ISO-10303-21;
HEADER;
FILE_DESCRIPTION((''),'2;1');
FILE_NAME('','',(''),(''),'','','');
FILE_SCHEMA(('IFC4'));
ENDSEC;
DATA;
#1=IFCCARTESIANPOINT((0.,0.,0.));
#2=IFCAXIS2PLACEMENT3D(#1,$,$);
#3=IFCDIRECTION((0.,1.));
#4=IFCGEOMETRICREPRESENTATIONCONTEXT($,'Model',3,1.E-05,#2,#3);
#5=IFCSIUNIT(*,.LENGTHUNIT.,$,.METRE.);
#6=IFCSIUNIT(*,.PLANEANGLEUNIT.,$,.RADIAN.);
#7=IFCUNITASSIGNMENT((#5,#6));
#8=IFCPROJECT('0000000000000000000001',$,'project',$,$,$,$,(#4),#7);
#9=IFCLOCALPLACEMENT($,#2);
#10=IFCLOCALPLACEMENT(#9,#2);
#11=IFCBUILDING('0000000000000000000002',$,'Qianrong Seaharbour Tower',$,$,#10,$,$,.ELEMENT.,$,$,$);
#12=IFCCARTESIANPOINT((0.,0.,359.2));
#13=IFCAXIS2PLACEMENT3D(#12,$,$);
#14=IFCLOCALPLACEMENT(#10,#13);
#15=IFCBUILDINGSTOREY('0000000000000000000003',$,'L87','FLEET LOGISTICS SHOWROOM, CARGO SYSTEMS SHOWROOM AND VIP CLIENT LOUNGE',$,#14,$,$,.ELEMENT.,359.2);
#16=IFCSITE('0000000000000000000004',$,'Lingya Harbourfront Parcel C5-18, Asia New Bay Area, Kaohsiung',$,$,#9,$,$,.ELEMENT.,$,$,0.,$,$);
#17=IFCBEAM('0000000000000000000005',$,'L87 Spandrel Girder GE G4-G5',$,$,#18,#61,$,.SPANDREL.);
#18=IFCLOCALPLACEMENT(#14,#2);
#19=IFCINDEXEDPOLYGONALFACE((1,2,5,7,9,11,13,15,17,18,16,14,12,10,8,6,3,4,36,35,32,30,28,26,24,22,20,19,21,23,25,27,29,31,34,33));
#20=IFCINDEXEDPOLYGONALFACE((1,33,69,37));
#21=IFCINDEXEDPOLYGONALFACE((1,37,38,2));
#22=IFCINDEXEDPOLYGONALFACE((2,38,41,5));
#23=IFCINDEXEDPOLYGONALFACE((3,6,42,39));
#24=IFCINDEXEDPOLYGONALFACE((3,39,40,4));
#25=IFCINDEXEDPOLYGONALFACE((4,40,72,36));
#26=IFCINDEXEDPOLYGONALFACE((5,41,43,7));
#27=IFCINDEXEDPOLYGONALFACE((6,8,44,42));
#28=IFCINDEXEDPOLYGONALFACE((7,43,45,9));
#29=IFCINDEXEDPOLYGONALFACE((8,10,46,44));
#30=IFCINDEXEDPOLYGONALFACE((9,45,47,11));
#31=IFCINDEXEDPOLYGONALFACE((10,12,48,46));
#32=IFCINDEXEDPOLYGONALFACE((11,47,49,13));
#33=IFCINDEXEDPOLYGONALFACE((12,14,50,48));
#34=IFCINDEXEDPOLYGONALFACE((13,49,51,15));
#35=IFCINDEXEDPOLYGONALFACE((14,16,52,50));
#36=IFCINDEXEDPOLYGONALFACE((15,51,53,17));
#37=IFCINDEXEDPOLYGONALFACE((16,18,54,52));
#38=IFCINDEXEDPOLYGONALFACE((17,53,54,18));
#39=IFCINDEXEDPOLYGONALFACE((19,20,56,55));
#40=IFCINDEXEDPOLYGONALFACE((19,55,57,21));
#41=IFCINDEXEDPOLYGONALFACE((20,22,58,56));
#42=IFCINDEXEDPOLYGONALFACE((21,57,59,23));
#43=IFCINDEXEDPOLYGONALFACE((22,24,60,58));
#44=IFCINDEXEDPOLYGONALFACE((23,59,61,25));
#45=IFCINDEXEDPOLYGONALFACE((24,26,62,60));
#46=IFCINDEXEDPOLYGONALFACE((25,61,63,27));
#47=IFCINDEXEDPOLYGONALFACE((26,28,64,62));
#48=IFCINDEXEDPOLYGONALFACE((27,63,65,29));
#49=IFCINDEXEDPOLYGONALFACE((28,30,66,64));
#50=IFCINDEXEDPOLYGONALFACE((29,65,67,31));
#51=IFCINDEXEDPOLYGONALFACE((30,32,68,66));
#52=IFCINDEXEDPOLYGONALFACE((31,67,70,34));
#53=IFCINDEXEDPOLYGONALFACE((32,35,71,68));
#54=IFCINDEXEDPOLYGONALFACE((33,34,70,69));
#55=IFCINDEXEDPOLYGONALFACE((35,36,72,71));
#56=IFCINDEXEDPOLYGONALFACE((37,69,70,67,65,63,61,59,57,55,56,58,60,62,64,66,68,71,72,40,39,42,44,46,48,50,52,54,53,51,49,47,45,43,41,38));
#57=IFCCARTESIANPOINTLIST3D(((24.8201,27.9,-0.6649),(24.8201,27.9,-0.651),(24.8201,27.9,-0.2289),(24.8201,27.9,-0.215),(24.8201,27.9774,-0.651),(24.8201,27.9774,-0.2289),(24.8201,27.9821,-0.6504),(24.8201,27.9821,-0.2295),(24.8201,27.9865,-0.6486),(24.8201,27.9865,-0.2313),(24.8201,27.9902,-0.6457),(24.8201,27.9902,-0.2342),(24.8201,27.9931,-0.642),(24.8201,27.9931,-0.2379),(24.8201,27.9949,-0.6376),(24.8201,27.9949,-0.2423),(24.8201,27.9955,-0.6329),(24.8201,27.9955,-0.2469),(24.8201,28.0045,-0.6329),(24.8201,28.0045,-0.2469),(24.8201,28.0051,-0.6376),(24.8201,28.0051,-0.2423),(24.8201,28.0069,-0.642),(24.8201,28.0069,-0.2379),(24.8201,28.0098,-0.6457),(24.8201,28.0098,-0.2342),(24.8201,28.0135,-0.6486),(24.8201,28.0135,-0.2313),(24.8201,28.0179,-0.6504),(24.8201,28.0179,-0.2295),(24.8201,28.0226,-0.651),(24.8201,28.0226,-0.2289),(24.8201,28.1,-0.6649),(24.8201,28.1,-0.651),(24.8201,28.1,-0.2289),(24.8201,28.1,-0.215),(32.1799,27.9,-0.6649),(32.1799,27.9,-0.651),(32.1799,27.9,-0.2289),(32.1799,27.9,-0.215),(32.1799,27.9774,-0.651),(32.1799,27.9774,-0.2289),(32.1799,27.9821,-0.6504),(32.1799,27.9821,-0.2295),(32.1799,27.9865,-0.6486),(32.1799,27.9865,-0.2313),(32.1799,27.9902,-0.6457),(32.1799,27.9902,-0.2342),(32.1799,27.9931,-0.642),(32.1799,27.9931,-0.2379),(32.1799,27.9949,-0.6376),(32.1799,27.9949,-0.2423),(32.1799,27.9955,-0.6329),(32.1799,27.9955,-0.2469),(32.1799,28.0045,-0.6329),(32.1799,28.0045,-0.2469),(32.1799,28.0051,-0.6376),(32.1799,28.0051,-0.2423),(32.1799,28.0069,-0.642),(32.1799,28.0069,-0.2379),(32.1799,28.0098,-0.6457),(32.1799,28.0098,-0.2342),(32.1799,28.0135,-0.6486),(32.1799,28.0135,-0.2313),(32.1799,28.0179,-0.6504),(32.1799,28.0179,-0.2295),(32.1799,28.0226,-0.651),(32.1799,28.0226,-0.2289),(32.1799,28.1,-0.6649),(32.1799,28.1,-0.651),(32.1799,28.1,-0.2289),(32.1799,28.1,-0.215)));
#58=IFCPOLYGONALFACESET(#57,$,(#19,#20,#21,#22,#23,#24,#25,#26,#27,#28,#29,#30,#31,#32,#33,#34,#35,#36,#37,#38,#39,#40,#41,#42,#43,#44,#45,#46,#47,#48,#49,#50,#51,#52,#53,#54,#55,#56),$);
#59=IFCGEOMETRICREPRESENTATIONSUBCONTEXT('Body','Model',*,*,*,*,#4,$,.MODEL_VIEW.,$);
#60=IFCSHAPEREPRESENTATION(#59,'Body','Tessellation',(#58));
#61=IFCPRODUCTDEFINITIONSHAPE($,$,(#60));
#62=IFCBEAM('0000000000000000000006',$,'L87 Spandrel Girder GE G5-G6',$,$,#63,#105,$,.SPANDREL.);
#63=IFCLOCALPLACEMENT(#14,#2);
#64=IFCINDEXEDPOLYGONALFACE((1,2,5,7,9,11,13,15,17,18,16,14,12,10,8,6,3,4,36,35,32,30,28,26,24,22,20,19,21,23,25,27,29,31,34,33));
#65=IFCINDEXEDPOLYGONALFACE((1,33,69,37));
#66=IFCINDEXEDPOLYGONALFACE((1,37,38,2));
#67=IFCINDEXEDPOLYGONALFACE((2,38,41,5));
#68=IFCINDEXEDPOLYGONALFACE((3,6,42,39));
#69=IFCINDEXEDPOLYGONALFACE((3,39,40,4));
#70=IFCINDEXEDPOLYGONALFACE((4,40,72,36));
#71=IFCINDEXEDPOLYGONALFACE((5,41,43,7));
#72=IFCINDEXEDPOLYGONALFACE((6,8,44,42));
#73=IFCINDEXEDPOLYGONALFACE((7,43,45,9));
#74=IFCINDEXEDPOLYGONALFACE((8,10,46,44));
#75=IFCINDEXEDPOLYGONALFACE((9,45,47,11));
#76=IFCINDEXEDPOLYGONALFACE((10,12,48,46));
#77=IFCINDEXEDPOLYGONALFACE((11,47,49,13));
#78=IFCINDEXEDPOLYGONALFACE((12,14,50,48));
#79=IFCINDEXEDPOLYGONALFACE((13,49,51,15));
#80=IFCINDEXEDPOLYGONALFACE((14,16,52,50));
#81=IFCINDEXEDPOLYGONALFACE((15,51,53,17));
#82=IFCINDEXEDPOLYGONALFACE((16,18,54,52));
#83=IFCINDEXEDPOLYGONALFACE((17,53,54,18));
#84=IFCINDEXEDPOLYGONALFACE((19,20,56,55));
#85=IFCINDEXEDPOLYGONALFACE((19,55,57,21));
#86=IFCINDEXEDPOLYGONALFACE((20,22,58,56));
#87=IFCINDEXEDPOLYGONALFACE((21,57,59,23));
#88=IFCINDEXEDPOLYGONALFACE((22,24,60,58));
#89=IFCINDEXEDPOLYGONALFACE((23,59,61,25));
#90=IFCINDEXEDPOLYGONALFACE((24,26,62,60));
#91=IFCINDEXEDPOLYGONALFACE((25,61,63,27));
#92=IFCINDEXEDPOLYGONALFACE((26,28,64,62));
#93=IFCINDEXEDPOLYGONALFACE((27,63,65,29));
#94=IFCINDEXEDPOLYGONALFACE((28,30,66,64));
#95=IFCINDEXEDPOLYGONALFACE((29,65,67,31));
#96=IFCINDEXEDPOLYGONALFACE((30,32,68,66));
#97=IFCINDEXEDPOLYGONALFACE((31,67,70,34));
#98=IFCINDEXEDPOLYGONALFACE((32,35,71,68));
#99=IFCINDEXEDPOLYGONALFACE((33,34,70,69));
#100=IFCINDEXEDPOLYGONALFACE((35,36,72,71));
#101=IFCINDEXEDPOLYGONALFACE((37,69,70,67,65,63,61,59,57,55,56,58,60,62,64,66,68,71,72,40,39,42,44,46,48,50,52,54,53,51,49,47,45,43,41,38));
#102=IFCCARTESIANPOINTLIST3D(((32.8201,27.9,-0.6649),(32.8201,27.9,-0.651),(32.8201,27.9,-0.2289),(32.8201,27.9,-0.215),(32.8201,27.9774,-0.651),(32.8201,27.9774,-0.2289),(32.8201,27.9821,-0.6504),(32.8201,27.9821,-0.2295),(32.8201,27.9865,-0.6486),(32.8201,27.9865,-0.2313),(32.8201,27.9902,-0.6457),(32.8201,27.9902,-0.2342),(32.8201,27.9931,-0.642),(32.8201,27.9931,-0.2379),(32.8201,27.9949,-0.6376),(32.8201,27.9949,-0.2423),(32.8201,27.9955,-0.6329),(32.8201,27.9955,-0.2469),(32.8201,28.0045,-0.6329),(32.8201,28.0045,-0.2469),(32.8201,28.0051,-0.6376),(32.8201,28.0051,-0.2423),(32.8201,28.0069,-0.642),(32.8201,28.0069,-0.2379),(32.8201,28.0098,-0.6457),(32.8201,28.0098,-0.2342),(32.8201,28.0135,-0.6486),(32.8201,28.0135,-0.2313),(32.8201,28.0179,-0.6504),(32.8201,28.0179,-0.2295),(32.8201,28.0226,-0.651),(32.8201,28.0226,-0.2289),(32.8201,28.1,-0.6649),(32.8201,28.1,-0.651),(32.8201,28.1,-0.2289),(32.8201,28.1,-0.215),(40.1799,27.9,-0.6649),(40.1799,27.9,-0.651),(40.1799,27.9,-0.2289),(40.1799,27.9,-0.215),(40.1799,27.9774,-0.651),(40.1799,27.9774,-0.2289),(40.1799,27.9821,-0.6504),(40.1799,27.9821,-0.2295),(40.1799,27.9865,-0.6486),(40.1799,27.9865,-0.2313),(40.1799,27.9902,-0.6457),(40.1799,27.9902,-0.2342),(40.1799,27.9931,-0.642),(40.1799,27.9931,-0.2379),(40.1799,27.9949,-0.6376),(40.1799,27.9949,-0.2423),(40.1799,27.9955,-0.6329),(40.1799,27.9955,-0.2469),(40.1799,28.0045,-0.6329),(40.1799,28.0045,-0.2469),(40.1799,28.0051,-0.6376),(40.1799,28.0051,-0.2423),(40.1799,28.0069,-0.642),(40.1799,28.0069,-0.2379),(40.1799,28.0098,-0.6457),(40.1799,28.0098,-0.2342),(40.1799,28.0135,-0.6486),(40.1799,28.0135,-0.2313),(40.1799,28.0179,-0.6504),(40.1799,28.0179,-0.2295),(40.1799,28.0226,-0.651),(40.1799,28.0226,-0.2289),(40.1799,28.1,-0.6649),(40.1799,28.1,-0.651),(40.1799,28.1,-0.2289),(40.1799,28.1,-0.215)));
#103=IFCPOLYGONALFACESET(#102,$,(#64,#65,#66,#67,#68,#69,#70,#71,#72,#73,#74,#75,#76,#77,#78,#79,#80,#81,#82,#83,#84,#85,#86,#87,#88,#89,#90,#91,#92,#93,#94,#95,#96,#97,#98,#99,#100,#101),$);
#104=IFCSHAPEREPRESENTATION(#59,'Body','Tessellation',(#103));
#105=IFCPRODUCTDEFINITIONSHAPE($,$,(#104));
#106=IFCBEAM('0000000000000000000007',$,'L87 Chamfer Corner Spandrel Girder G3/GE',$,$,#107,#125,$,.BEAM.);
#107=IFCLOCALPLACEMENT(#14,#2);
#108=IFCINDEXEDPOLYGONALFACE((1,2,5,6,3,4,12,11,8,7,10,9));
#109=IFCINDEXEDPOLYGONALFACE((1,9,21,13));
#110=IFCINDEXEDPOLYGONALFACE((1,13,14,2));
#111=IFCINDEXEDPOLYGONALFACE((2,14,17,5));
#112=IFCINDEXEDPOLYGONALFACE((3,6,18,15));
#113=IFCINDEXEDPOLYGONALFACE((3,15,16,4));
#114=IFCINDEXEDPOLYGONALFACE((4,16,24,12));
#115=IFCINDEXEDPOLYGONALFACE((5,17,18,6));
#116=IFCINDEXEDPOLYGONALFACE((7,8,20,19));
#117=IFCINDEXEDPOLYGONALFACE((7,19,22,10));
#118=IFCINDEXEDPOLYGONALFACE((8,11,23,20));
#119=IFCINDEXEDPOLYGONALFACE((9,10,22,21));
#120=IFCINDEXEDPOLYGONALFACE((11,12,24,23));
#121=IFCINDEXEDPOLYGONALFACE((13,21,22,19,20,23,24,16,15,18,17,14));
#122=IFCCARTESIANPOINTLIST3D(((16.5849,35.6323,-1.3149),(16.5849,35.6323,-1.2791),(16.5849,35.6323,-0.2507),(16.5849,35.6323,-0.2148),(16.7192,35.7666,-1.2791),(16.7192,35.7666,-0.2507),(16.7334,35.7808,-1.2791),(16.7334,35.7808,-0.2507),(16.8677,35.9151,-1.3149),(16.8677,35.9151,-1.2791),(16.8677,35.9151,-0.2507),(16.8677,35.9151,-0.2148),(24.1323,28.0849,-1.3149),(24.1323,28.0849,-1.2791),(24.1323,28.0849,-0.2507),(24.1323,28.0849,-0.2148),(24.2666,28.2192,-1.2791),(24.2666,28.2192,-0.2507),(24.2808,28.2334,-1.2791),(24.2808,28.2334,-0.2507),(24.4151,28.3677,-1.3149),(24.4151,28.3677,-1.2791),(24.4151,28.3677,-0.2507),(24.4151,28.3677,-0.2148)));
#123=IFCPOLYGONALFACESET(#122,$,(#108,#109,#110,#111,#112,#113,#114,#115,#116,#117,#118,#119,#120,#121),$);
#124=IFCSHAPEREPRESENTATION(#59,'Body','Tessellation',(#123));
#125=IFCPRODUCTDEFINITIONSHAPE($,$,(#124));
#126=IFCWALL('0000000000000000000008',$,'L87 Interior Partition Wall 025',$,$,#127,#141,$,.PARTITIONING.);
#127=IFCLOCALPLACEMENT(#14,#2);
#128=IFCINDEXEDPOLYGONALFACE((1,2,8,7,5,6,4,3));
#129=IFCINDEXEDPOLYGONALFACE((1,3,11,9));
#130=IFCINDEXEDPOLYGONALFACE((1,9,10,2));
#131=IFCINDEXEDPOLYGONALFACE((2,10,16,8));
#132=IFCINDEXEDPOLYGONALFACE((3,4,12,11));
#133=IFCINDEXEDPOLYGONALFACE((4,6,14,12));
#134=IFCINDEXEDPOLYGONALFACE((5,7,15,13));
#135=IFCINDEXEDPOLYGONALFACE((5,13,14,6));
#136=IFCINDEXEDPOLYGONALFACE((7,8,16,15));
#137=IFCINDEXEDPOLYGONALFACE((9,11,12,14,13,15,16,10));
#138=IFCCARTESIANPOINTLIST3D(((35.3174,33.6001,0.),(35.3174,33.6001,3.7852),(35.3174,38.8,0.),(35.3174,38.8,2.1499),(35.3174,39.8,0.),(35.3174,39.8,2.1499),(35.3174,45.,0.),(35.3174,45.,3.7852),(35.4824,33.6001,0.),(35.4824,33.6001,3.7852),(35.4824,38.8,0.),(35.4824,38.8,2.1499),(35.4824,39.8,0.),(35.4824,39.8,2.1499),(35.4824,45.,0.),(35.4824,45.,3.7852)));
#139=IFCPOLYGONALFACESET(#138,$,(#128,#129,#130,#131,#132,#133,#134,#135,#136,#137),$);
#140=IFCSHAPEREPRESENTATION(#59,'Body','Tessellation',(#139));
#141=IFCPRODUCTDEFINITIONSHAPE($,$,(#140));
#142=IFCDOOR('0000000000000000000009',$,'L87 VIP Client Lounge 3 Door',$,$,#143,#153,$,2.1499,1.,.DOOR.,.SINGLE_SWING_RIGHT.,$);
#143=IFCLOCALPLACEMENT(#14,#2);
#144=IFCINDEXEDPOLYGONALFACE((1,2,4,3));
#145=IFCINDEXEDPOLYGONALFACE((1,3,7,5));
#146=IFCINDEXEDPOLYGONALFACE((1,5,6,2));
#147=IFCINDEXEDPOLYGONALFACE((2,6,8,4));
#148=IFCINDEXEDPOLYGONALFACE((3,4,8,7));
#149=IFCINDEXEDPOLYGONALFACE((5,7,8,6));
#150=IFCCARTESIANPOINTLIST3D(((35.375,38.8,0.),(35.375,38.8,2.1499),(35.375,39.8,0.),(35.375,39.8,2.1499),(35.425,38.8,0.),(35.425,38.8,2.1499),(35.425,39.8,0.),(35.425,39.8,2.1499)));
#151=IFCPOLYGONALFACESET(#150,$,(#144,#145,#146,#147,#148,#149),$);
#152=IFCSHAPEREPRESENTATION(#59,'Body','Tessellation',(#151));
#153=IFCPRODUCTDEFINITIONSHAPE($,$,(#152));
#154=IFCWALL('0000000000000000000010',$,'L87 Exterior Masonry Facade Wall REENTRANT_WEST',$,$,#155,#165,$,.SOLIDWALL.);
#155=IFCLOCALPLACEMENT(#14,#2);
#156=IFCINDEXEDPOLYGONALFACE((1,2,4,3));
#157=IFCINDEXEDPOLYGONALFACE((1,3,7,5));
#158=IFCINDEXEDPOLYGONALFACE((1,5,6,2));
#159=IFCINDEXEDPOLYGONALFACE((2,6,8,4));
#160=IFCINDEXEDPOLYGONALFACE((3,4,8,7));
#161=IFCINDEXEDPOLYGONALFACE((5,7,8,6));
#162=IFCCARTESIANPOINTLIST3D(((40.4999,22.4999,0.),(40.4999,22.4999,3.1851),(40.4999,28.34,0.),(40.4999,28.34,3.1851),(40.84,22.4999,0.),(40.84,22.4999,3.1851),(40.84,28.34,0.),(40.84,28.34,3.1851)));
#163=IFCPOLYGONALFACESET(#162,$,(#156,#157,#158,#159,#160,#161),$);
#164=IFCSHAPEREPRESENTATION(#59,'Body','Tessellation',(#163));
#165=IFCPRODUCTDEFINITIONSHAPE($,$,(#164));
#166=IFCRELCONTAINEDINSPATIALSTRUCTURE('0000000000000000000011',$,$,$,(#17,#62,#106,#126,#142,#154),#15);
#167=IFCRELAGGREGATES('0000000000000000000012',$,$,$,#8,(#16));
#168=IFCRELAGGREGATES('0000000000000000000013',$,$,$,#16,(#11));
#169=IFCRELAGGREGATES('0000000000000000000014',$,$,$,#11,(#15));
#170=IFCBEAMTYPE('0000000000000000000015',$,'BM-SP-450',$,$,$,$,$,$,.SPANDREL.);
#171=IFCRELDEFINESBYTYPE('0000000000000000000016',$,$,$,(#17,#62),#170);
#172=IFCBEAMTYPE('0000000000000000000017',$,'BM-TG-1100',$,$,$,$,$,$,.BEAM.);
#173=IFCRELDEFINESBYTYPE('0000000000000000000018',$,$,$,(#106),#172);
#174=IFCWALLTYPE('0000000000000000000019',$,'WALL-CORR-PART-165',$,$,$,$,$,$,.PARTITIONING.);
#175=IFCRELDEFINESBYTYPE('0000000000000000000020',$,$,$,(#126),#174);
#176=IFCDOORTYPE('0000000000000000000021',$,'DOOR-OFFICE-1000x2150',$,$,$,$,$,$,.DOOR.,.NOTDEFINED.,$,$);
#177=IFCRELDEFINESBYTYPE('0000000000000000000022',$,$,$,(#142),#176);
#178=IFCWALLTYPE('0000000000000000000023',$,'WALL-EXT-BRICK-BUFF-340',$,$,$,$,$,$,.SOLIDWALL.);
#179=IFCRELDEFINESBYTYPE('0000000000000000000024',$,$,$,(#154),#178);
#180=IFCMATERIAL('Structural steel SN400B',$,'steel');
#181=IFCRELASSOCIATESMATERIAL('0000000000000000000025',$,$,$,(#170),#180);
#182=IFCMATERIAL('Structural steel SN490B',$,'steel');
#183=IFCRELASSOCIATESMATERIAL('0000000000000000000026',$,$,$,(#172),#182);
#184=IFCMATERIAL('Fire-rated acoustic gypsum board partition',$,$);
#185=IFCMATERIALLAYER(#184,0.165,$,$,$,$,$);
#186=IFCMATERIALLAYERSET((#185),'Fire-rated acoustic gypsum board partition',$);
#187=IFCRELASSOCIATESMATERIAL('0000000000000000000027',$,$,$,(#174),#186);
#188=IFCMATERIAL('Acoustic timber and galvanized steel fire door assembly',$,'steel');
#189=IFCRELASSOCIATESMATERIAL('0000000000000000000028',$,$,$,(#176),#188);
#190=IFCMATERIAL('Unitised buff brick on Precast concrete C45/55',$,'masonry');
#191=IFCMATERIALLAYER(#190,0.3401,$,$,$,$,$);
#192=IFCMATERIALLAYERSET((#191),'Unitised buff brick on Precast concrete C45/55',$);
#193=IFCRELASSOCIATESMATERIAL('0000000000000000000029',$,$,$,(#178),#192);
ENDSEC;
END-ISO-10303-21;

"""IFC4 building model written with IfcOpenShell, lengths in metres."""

from ifc_helpers import new_model, si_unit, direction, frame, frame_2d, origin, origin_2d, place, context, subcontext, project, spatial, rectangle, i_section, extrude, material, layer, layer_set, material_profile, profile_set, type_object, element, fill, save


model = new_model("IFC4")

# Units and contexts
model_context = context("Model", 3, precision=1e-05, world=origin(), true_north=direction((0.0, 1.0)))
body_context = subcontext(model_context, "Body", "Model", "MODEL_VIEW")
ifc_project = project(units=[si_unit("LENGTHUNIT", "METRE"), si_unit("PLANEANGLEUNIT", "RADIAN")], contexts=[model_context])

# Site, building, storey
site_placement = place(None, origin())
site = spatial("IfcSite", under=ifc_project, at=site_placement, Name="Lingya Harbourfront Parcel C5-18, Asia New Bay Area, Kaohsiung", CompositionType="ELEMENT", RefElevation=0.0)
building_placement = place(site_placement, origin())
building = spatial("IfcBuilding", under=site, at=building_placement, Name="Qianrong Seaharbour Tower", CompositionType="ELEMENT")
storey_placement = place(building_placement, frame((0.0, 0.0, 359.2)))
storey = spatial("IfcBuildingStorey", under=building, at=storey_placement, Name="L87", Description="FLEET LOGISTICS SHOWROOM, CARGO SYSTEMS SHOWROOM AND VIP CLIENT LOUNGE", CompositionType="ELEMENT", Elevation=359.2)

# Shared definitions
ifc_material_1 = material(Name="Structural steel SN490B", Category="steel")
ifc_material_2 = material(Name="Structural steel SN400B", Category="steel")

# Beams
ifc_material_profile_1 = material_profile(ifc_material_2, i_section(OverallWidth=0.2, OverallDepth=0.45, WebThickness=0.009, FlangeThickness=0.0139, FilletRadius=0.0181, at=origin_2d()), Name="H450x200x9x14")
ifc_profile_set_1 = profile_set([ifc_material_profile_1], Name="Structural steel SN400B")
beam_type_1 = type_object("IfcBeamType", Name="BM-SP-450", PredefinedType="SPANDREL", material=ifc_profile_set_1)
for number, where, z_axis, x_axis, name in (
    (1, (24.8201, 28.0, -0.4399), (1.0, 0.0, 0.0), (0.0, 1.0, 0.0), "L87 Spandrel Girder GE G4-G5"),
    (2, (32.8201, 28.0, -0.4399), (1.0, 0.0, 0.0), (0.0, 1.0, 0.0), "L87 Spandrel Girder GE G5-G6"),
):
    element("IfcBeam", number, at=place(storey_placement, frame(where, z_axis=z_axis, x_axis=x_axis)), inside=storey, type_object=beam_type_1, Name=name, PredefinedType="SPANDREL", context=body_context, shape_type="SweptSolid", body=[
        extrude(i_section(OverallWidth=0.2, OverallDepth=0.45, WebThickness=0.009, FlangeThickness=0.0139, FilletRadius=0.0181, at=origin_2d()), origin(), (0.0, 0.0, 1.0), 7.3599),
    ])
ifc_material_profile_2 = material_profile(ifc_material_1, i_section(OverallWidth=0.3999, OverallDepth=1.1001, WebThickness=0.02, FlangeThickness=0.0359, at=origin_2d()), Name="BH1100x400x20x36")
ifc_profile_set_2 = profile_set([ifc_material_profile_2], Name="Structural steel SN490B")
beam_type_2 = type_object("IfcBeamType", Name="BM-TG-1100", PredefinedType="BEAM", material=ifc_profile_set_2)
beam_1_placement = place(storey_placement, frame((24.2737, 28.2263, -0.7649), z_axis=(-0.707107, 0.707107, 0.0), x_axis=(-0.707107, -0.707107, 0.0)))
element("IfcBeam", 3, at=beam_1_placement, inside=storey, type_object=beam_type_2, Name="L87 Chamfer Corner Spandrel Girder G3/GE", PredefinedType="BEAM", context=body_context, shape_type="SweptSolid", body=[
    extrude(i_section(OverallWidth=0.3999, OverallDepth=1.1001, WebThickness=0.02, FlangeThickness=0.0359, at=origin_2d()), origin(), (0.0, 0.0, 1.0), 10.6736),
])

# Wall, opening, door
ifc_material_3 = material(Name="Fire-rated acoustic gypsum board partition")
ifc_layer_1 = layer(ifc_material_3, 0.165)
ifc_layer_set_1 = layer_set([ifc_layer_1], Name="Fire-rated acoustic gypsum board partition")
wall_type_1 = type_object("IfcWallType", Name="WALL-CORR-PART-165", PredefinedType="PARTITIONING", material=ifc_layer_set_1)
wall_1_placement = place(storey_placement, frame((35.3999, 33.6001, 0.0), z_axis=(0.0, 0.0, 1.0), x_axis=(0.0, 1.0, 0.0)))
wall_1 = element("IfcWall", 4, at=wall_1_placement, inside=storey, type_object=wall_type_1, Name="L87 Interior Partition Wall 025", PredefinedType="PARTITIONING", context=body_context, shape_type="SweptSolid", body=[
    extrude(rectangle(XDim=11.3999, YDim=0.165, at=frame_2d((5.7, 0.0))), origin(), (0.0, 0.0, 1.0), 3.7852),
])
opening_1_placement = place(wall_1_placement, frame((5.2, 0.0, 0.0)))
opening_1 = element("IfcOpeningElement", 5, at=opening_1_placement, cuts=wall_1, PredefinedType="OPENING", context=body_context, shape_type="SweptSolid", body=[
    extrude(rectangle(XDim=1.0, YDim=2.1499, at=frame_2d((0.5, 1.075))), frame((0.0, 0.0925, 0.0), z_axis=(0.0, -1.0, 0.0), x_axis=(1.0, 0.0, 0.0)), (0.0, 0.0, 1.0), 0.1851),
])
ifc_material_4 = material(Name="Acoustic timber and galvanized steel fire door assembly", Category="steel")
door_type_1 = type_object("IfcDoorType", Name="DOOR-OFFICE-1000x2150", OperationType="NOTDEFINED", PredefinedType="DOOR", material=ifc_material_4)
door_1_placement = place(opening_1_placement, origin())
door_1 = element("IfcDoor", 6, at=door_1_placement, inside=storey, type_object=door_type_1, Name="L87 VIP Client Lounge 3 Door", OperationType="SINGLE_SWING_RIGHT", OverallHeight=2.1499, OverallWidth=1.0, PredefinedType="DOOR", context=body_context, shape_type="SweptSolid", body=[
    extrude(rectangle(XDim=1.0, YDim=2.1499, at=frame_2d((0.5, 1.075))), frame((0.0, 0.0249, 0.0), z_axis=(0.0, -1.0, 0.0), x_axis=(1.0, 0.0, 0.0)), (0.0, 0.0, 1.0), 0.05),
])
fill(opening_1, door_1)

# Wall
ifc_material_5 = material(Name="Unitised buff brick on Precast concrete C45/55", Category="masonry")
ifc_layer_2 = layer(ifc_material_5, 0.3401)
ifc_layer_set_2 = layer_set([ifc_layer_2], Name="Unitised buff brick on Precast concrete C45/55")
wall_type_2 = type_object("IfcWallType", Name="WALL-EXT-BRICK-BUFF-340", PredefinedType="SOLIDWALL", material=ifc_layer_set_2)
wall_2_placement = place(storey_placement, frame((40.6699, 22.5, 0.0), z_axis=(0.0, 0.0, 1.0), x_axis=(0.0, 1.0, 0.0)))
element("IfcWall", 7, at=wall_2_placement, inside=storey, type_object=wall_type_2, Name="L87 Exterior Masonry Facade Wall REENTRANT_WEST", PredefinedType="SOLIDWALL", context=body_context, shape_type="SweptSolid", body=[
    extrude(rectangle(XDim=5.8401, YDim=0.3401, at=frame_2d((2.9199, 0.0))), origin(), (0.0, 0.0, 1.0), 3.1851),
])

save(model, "model.ifc")
